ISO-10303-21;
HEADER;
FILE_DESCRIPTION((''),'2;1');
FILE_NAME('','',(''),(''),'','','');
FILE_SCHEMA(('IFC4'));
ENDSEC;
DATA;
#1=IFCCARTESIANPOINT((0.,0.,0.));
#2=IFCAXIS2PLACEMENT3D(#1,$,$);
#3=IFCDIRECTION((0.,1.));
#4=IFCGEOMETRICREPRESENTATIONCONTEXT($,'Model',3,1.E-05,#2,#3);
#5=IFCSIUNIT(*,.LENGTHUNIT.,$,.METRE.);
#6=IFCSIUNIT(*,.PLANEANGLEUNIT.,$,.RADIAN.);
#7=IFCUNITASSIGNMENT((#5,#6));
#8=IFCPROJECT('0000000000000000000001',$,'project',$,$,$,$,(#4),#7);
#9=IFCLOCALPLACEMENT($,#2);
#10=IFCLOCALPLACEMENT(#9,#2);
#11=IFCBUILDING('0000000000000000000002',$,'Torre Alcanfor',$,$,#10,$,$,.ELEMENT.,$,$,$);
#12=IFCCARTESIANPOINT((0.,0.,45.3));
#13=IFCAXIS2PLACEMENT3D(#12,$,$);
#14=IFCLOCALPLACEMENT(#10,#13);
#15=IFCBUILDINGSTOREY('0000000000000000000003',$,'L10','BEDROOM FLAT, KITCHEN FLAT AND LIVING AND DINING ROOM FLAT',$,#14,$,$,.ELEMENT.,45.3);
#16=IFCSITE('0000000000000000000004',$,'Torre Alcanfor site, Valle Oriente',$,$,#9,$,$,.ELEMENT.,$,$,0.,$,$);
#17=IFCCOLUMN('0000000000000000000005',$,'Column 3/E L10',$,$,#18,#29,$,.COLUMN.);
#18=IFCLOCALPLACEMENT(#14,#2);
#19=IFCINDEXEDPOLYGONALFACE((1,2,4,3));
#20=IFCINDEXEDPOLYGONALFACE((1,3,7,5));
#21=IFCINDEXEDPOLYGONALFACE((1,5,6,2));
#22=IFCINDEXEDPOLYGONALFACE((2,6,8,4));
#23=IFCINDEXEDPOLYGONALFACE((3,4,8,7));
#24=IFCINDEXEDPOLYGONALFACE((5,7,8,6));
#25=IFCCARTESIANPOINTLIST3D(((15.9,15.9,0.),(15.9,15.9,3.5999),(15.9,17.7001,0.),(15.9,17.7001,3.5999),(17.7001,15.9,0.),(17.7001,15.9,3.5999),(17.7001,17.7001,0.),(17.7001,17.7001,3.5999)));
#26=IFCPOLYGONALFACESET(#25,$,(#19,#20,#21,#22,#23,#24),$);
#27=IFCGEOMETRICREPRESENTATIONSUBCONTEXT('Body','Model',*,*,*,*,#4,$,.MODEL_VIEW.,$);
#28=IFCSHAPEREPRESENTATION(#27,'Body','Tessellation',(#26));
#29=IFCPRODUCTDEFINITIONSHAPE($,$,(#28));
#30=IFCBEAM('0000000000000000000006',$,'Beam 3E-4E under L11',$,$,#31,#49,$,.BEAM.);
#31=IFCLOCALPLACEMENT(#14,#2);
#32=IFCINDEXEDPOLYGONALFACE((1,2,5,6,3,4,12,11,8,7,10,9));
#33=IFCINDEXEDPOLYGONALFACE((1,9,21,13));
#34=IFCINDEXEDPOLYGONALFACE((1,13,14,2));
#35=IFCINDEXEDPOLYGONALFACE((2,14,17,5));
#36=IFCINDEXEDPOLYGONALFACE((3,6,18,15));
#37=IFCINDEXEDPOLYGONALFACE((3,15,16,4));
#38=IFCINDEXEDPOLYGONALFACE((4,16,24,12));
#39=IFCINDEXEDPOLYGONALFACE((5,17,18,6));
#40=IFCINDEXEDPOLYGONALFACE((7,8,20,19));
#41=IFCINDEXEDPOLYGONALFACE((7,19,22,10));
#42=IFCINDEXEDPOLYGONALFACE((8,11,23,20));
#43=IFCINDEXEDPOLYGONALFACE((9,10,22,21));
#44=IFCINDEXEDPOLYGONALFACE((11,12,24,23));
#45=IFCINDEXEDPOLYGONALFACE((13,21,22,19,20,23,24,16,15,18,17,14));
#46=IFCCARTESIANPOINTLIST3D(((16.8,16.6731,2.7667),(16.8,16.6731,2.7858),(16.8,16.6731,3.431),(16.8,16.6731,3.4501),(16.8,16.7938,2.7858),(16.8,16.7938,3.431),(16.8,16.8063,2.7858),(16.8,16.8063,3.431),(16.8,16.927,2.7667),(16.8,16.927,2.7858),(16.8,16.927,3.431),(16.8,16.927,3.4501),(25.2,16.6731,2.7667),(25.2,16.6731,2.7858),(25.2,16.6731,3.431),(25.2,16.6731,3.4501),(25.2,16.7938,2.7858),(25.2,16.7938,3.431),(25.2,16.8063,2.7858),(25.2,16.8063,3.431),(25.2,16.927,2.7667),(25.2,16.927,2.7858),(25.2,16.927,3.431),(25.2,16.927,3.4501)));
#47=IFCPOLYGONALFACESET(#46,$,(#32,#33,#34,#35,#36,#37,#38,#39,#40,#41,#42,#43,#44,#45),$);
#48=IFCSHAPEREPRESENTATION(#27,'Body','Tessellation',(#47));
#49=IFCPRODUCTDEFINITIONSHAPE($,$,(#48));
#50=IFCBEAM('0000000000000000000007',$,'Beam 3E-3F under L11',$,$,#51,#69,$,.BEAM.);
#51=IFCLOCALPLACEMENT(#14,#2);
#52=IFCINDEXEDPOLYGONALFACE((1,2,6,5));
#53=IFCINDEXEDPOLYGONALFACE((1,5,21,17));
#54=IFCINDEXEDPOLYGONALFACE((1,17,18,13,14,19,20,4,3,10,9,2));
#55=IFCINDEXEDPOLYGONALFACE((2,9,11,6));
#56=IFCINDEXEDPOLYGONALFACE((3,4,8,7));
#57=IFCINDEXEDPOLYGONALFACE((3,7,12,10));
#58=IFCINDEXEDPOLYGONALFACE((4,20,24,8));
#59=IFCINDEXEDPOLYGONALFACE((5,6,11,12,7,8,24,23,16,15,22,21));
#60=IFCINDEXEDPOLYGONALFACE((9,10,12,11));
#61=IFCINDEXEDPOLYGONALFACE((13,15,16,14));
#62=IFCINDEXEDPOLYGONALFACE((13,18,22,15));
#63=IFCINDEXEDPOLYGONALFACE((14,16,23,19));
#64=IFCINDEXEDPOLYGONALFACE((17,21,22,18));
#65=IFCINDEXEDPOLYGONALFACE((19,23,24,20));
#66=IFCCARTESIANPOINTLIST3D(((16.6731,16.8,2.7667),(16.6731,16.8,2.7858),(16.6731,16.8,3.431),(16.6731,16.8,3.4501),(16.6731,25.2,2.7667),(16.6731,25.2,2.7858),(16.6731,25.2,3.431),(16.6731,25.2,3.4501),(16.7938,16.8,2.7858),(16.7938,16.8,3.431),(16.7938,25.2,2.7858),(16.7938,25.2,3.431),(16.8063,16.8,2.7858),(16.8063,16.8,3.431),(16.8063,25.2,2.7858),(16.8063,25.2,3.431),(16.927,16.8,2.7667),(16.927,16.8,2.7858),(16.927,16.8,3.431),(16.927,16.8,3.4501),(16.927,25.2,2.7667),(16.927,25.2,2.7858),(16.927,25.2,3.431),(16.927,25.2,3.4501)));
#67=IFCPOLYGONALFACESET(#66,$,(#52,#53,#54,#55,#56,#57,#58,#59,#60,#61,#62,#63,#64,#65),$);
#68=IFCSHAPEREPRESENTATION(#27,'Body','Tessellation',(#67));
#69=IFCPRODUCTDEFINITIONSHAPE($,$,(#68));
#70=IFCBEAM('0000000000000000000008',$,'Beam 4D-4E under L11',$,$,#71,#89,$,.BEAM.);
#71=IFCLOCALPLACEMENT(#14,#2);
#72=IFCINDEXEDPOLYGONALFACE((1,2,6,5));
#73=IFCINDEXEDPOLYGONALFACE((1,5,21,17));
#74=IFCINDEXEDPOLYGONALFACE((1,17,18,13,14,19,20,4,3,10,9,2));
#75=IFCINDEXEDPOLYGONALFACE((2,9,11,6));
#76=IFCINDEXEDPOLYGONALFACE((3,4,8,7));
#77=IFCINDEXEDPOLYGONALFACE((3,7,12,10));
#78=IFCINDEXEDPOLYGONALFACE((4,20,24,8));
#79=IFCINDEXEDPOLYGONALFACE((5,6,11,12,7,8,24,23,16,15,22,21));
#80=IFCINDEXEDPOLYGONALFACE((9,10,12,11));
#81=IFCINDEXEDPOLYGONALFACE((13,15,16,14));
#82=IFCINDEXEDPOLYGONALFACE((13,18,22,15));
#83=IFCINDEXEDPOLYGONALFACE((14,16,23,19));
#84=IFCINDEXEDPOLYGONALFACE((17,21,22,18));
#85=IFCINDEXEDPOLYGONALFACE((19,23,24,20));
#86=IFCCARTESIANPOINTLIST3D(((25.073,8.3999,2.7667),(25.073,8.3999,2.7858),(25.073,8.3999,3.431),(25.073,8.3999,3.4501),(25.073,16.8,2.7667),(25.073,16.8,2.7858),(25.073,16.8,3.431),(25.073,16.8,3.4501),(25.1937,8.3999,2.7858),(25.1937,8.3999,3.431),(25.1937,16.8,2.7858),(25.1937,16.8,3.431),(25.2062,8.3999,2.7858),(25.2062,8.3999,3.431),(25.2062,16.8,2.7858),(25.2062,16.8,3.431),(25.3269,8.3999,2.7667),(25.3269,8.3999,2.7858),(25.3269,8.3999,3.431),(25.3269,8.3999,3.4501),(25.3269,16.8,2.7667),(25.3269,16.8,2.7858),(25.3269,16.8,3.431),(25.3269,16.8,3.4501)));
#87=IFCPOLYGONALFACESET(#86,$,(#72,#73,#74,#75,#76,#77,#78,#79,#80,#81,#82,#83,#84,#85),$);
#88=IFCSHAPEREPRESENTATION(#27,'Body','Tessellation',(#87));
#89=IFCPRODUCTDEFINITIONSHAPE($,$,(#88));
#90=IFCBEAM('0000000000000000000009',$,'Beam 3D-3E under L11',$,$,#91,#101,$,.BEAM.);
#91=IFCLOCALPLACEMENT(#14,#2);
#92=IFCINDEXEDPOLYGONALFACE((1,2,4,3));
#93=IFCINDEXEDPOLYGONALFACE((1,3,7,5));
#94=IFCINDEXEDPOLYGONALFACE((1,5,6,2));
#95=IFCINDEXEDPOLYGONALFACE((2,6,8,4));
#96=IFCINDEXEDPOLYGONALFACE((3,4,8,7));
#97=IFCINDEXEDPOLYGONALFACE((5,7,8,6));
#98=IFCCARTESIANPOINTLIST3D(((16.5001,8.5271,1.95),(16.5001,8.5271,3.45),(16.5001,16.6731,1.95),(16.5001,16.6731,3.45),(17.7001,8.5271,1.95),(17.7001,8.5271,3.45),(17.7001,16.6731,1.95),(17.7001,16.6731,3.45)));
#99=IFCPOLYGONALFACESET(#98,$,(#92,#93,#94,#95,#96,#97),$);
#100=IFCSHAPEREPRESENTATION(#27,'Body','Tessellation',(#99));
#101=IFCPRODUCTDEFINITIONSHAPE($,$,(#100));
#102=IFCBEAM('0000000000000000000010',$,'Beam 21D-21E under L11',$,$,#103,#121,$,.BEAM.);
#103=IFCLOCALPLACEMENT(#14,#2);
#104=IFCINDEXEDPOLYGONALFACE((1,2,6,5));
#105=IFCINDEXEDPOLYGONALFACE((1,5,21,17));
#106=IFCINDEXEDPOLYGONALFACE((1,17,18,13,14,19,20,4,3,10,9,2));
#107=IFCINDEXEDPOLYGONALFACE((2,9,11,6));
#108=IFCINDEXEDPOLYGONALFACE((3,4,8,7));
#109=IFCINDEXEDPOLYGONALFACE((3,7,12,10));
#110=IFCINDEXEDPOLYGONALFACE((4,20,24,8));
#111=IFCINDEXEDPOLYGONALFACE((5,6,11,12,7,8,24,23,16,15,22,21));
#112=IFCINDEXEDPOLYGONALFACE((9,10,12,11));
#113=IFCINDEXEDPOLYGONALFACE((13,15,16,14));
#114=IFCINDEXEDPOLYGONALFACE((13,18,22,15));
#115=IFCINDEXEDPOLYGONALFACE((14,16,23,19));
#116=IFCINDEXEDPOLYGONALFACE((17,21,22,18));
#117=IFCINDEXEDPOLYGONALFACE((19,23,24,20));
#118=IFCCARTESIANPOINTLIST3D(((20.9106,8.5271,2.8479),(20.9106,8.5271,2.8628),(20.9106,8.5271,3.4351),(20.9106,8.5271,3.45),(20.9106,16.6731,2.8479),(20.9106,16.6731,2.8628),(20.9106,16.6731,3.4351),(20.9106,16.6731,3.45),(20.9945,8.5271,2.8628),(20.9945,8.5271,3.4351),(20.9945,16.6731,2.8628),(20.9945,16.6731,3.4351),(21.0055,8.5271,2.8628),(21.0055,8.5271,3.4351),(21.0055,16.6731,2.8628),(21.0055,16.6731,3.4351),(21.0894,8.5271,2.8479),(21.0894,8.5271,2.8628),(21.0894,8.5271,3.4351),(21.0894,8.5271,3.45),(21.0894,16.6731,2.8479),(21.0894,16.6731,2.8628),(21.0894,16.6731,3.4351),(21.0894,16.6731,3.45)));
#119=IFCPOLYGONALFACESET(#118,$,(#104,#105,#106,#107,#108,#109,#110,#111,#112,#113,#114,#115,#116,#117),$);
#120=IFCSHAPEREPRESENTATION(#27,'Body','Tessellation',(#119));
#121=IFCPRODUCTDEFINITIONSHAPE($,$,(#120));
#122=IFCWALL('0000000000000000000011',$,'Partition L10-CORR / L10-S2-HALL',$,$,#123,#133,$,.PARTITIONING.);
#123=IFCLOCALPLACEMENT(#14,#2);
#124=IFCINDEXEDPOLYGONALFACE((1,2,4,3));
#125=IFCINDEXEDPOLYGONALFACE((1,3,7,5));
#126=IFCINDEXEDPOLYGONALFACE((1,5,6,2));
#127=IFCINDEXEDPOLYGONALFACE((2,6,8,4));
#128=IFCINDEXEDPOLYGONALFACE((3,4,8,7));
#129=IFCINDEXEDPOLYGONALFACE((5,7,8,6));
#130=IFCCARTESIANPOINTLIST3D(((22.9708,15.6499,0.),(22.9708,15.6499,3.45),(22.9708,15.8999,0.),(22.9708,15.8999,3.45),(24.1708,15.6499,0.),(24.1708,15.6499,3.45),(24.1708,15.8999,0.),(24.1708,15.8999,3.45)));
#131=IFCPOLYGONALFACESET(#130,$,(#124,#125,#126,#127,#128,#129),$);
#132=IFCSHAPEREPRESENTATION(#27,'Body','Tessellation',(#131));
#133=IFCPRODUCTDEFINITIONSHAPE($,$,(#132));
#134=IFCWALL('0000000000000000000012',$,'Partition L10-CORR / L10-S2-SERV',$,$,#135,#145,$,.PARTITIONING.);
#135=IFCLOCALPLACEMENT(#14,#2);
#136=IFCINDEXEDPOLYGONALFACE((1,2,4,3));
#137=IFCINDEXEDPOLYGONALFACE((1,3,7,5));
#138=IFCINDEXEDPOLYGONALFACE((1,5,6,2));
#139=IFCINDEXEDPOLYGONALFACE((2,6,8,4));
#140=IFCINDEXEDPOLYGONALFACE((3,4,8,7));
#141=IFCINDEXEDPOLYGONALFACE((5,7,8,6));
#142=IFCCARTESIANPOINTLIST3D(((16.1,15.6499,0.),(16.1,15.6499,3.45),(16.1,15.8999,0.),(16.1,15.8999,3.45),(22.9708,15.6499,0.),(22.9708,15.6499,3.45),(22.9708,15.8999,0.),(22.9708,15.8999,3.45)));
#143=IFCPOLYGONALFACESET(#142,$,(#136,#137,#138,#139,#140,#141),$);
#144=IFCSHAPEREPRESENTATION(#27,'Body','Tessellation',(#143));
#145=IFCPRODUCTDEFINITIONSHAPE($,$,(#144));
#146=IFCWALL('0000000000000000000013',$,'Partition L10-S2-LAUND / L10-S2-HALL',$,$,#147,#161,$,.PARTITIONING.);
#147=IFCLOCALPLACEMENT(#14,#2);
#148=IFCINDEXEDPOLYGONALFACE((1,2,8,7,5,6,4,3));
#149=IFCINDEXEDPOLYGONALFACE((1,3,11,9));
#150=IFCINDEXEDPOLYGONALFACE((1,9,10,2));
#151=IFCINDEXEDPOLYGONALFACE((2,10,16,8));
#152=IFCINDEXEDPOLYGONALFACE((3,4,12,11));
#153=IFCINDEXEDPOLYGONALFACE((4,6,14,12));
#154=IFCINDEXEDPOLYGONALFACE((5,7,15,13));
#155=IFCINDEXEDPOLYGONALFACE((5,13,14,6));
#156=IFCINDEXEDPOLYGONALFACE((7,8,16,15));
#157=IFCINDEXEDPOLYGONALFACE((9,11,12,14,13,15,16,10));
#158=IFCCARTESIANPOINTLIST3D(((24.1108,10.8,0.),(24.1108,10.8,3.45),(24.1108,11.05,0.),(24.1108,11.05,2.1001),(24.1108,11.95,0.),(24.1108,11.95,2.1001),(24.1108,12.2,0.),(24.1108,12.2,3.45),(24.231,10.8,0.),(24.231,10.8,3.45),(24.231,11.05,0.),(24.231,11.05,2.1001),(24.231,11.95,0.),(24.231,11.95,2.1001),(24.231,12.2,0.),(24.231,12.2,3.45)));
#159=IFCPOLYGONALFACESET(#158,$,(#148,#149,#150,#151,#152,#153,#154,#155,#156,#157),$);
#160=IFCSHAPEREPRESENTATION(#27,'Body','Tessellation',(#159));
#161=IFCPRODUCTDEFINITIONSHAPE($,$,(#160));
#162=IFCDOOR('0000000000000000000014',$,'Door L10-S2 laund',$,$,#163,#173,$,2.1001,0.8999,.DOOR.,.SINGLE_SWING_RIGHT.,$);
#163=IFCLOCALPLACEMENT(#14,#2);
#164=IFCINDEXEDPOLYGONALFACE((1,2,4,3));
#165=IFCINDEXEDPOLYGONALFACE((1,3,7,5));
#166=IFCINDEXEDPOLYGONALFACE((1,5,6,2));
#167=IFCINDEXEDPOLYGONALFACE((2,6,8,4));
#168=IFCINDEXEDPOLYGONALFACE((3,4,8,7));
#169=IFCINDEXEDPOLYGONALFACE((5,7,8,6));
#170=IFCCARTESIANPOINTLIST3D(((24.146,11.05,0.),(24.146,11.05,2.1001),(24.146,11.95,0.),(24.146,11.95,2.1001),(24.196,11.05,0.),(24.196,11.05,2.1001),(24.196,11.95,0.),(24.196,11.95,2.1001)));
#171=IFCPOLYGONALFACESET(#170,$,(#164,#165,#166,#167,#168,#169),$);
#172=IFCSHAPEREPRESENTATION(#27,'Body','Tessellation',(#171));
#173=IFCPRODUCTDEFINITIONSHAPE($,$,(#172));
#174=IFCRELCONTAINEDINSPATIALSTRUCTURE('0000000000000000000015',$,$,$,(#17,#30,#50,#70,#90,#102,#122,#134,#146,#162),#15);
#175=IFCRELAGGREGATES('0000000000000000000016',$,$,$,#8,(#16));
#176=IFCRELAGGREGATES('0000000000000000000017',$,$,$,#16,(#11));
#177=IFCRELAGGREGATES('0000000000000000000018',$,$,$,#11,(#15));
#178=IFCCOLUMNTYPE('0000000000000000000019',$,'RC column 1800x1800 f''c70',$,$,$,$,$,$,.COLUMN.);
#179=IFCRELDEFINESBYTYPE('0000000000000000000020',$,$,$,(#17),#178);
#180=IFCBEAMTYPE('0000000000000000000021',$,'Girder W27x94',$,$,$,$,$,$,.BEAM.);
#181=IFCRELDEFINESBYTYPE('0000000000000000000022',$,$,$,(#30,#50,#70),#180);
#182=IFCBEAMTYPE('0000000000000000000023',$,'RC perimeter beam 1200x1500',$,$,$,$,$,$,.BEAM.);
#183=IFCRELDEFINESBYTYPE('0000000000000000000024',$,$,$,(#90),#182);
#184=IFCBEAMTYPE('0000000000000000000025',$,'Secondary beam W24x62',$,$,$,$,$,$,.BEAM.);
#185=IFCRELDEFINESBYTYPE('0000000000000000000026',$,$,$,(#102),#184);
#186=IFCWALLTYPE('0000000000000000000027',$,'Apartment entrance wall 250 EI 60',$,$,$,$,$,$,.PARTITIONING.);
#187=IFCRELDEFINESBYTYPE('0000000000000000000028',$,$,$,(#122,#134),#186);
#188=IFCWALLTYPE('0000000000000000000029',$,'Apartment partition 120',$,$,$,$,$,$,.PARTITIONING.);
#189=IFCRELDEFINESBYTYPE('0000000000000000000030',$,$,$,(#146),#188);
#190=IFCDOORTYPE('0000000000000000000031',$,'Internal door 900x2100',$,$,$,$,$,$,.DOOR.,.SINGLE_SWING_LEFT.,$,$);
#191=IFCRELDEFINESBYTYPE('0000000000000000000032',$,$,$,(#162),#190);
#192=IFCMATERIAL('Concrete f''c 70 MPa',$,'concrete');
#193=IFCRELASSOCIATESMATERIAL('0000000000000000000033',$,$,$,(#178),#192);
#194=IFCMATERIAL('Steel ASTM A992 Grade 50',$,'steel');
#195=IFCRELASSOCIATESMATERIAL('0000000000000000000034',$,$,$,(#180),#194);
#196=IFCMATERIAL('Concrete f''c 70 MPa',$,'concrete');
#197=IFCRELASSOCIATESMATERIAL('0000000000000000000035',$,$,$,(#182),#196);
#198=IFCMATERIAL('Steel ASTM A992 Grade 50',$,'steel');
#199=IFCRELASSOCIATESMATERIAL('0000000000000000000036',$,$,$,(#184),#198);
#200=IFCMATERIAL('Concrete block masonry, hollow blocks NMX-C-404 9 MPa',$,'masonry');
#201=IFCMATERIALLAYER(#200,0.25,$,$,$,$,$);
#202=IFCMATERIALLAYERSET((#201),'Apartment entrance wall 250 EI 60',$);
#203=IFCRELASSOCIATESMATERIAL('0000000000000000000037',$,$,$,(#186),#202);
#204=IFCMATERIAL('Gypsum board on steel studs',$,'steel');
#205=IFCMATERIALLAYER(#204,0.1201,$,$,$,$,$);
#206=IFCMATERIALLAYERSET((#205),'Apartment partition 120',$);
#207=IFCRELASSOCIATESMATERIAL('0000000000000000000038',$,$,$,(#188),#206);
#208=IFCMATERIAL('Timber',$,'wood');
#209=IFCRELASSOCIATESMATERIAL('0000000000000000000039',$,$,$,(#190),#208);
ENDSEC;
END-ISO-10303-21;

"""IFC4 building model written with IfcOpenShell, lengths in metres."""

from ifc_helpers import new_model, si_unit, direction, frame, frame_2d, origin, origin_2d, place, context, subcontext, project, spatial, rectangle, i_section, extrude, material, layer, layer_set, material_profile, profile_set, type_object, element, fill, save


model = new_model("IFC4")

# Units and contexts
model_context = context("Model", 3, precision=1e-05, world=origin(), true_north=direction((0.0, 1.0)))
body_context = subcontext(model_context, "Body", "Model", "MODEL_VIEW")
ifc_project = project(units=[si_unit("LENGTHUNIT", "METRE"), si_unit("PLANEANGLEUNIT", "RADIAN")], contexts=[model_context])

# Site, building, storey
site_placement = place(None, origin())
site = spatial("IfcSite", under=ifc_project, at=site_placement, Name="Torre Alcanfor site, Valle Oriente", CompositionType="ELEMENT", RefElevation=0.0)
building_placement = place(site_placement, origin())
building = spatial("IfcBuilding", under=site, at=building_placement, Name="Torre Alcanfor", CompositionType="ELEMENT")
storey_placement = place(building_placement, frame((0.0, 0.0, 45.3)))
storey = spatial("IfcBuildingStorey", under=building, at=storey_placement, Name="L10", Description="BEDROOM FLAT, KITCHEN FLAT AND LIVING AND DINING ROOM FLAT", CompositionType="ELEMENT", Elevation=45.3)

# Column
ifc_material_1 = material(Name="Concrete f'c 70 MPa", Category="concrete")
ifc_material_profile_1 = material_profile(ifc_material_1, rectangle(XDim=1.8, YDim=1.8, at=origin_2d()), Name="1800x1800")
ifc_profile_set_1 = profile_set([ifc_material_profile_1], Name="Concrete f'c 70 MPa")
column_type = type_object("IfcColumnType", Name="RC column 1800x1800 f'c70", PredefinedType="COLUMN", material=ifc_profile_set_1)
column_placement = place(storey_placement, frame((16.8, 16.8, 0.0), z_axis=(0.0, 0.0, 1.0), x_axis=(1.0, 0.0, 0.0)))
element("IfcColumn", 1, at=column_placement, inside=storey, type_object=column_type, Name="Column 3/E L10", PredefinedType="COLUMN", context=body_context, shape_type="SweptSolid", body=[
    extrude(rectangle(XDim=1.8, YDim=1.8, at=origin_2d()), origin(), (0.0, 0.0, 1.0), 3.5999),
])

# Beams
ifc_material_2 = material(Name="Steel ASTM A992 Grade 50", Category="steel")
ifc_material_profile_2 = material_profile(ifc_material_2, i_section(OverallWidth=0.2539, OverallDepth=0.6833, WebThickness=0.0125, FlangeThickness=0.019, at=origin_2d()), Name="W27x94")
ifc_profile_set_2 = profile_set([ifc_material_profile_2], Name="Steel ASTM A992 Grade 50")
beam_type_1 = type_object("IfcBeamType", Name="Girder W27x94", PredefinedType="BEAM", material=ifc_profile_set_2)
for number, where, z_axis, x_axis, name in (
    (2, (16.8, 16.8, 3.1084), (1.0, 0.0, 0.0), (0.0, 1.0, 0.0), "Beam 3E-4E under L11"),
    (3, (16.8, 16.8, 3.1084), (0.0, 1.0, 0.0), (-1.0, 0.0, 0.0), "Beam 3E-3F under L11"),
):
    element("IfcBeam", number, at=place(storey_placement, frame(where, z_axis=z_axis, x_axis=x_axis)), inside=storey, type_object=beam_type_1, Name=name, PredefinedType="BEAM", context=body_context, shape_type="SweptSolid", body=[
        extrude(i_section(OverallWidth=0.2539, OverallDepth=0.6833, WebThickness=0.0125, FlangeThickness=0.019, at=origin_2d()), origin(), (0.0, 0.0, 1.0), 8.3999),
    ])
beam_1_placement = place(storey_placement, frame((25.2, 8.3999, 3.1084), z_axis=(0.0, 1.0, 0.0), x_axis=(-1.0, 0.0, 0.0)))
element("IfcBeam", 4, at=beam_1_placement, inside=storey, type_object=beam_type_1, Name="Beam 4D-4E under L11", PredefinedType="BEAM", context=body_context, shape_type="SweptSolid", body=[
    extrude(i_section(OverallWidth=0.2539, OverallDepth=0.6833, WebThickness=0.0125, FlangeThickness=0.019, at=origin_2d()), origin(), (0.0, 0.0, 1.0), 8.4001),
])
ifc_material_3 = material(Name="Concrete f'c 70 MPa", Category="concrete")
ifc_material_profile_3 = material_profile(ifc_material_3, rectangle(XDim=1.2, YDim=1.5, at=origin_2d()), Name="1200x1500")
ifc_profile_set_3 = profile_set([ifc_material_profile_3], Name="Concrete f'c 70 MPa")
beam_type_2 = type_object("IfcBeamType", Name="RC perimeter beam 1200x1500", PredefinedType="BEAM", material=ifc_profile_set_3)
beam_2_placement = place(storey_placement, frame((17.1001, 8.5271, 2.7), z_axis=(0.0, 1.0, 0.0), x_axis=(-1.0, 0.0, 0.0)))
element("IfcBeam", 5, at=beam_2_placement, inside=storey, type_object=beam_type_2, Name="Beam 3D-3E under L11", PredefinedType="BEAM", context=body_context, shape_type="SweptSolid", body=[
    extrude(rectangle(XDim=1.2, YDim=1.5, at=origin_2d()), origin(), (0.0, 0.0, 1.0), 8.146),
])
ifc_material_4 = material(Name="Steel ASTM A992 Grade 50", Category="steel")
ifc_material_profile_4 = material_profile(ifc_material_4, i_section(OverallWidth=0.1787, OverallDepth=0.6021, WebThickness=0.011, FlangeThickness=0.0149, at=origin_2d()), Name="W24x62")
ifc_profile_set_4 = profile_set([ifc_material_profile_4], Name="Steel ASTM A992 Grade 50")
beam_type_3 = type_object("IfcBeamType", Name="Secondary beam W24x62", PredefinedType="BEAM", material=ifc_profile_set_4)
beam_3_placement = place(storey_placement, frame((21.0, 8.5271, 3.1489), z_axis=(0.0, 1.0, 0.0), x_axis=(-1.0, 0.0, 0.0)))
element("IfcBeam", 6, at=beam_3_placement, inside=storey, type_object=beam_type_3, Name="Beam 21D-21E under L11", PredefinedType="BEAM", context=body_context, shape_type="SweptSolid", body=[
    extrude(i_section(OverallWidth=0.1787, OverallDepth=0.6021, WebThickness=0.011, FlangeThickness=0.0149, at=origin_2d()), origin(), (0.0, 0.0, 1.0), 8.146),
])

# Walls
ifc_material_5 = material(Name="Concrete block masonry, hollow blocks NMX-C-404 9 MPa", Category="masonry")
ifc_layer_1 = layer(ifc_material_5, 0.25)
ifc_layer_set_1 = layer_set([ifc_layer_1], Name="Apartment entrance wall 250 EI 60")
wall_type_1 = type_object("IfcWallType", Name="Apartment entrance wall 250 EI 60", PredefinedType="PARTITIONING", material=ifc_layer_set_1)
wall_1_placement = place(storey_placement, frame((24.1709, 15.7749, 0.0), z_axis=(0.0, 0.0, 1.0), x_axis=(-1.0, 0.0, 0.0)))
element("IfcWall", 7, at=wall_1_placement, inside=storey, type_object=wall_type_1, Name="Partition L10-CORR / L10-S2-HALL", PredefinedType="PARTITIONING", context=body_context, shape_type="SweptSolid", body=[
    extrude(rectangle(XDim=1.2, YDim=0.25, at=frame_2d((0.6001, 0.0))), origin(), (0.0, 0.0, 1.0), 3.45),
])
wall_2_placement = place(storey_placement, frame((22.9709, 15.7749, 0.0), z_axis=(0.0, 0.0, 1.0), x_axis=(-1.0, 0.0, 0.0)))
element("IfcWall", 8, at=wall_2_placement, inside=storey, type_object=wall_type_1, Name="Partition L10-CORR / L10-S2-SERV", PredefinedType="PARTITIONING", context=body_context, shape_type="SweptSolid", body=[
    extrude(rectangle(XDim=6.8708, YDim=0.25, at=frame_2d((3.4355, 0.0))), origin(), (0.0, 0.0, 1.0), 3.45),
])

# Wall, opening, door
ifc_material_6 = material(Name="Gypsum board on steel studs", Category="steel")
ifc_layer_2 = layer(ifc_material_6, 0.1201)
ifc_layer_set_2 = layer_set([ifc_layer_2], Name="Apartment partition 120")
wall_type_2 = type_object("IfcWallType", Name="Apartment partition 120", PredefinedType="PARTITIONING", material=ifc_layer_set_2)
wall_3_placement = place(storey_placement, frame((24.1709, 10.8, 0.0), z_axis=(0.0, 0.0, 1.0), x_axis=(0.0, 1.0, 0.0)))
wall_3 = element("IfcWall", 9, at=wall_3_placement, inside=storey, type_object=wall_type_2, Name="Partition L10-S2-LAUND / L10-S2-HALL", PredefinedType="PARTITIONING", context=body_context, shape_type="SweptSolid", body=[
    extrude(rectangle(XDim=1.3999, YDim=0.1201, at=frame_2d((0.7, 0.0))), origin(), (0.0, 0.0, 1.0), 3.45),
])
opening_1_placement = place(wall_3_placement, frame((0.25, 0.0, 0.0)))
opening_1 = element("IfcOpeningElement", 10, at=opening_1_placement, cuts=wall_3, PredefinedType="OPENING", context=body_context, shape_type="SweptSolid", body=[
    extrude(rectangle(XDim=0.8999, YDim=2.1001, at=frame_2d((0.45, 1.05))), frame((0.0, 0.0701, 0.0), z_axis=(0.0, -1.0, 0.0), x_axis=(1.0, 0.0, 0.0)), (0.0, 0.0, 1.0), 0.1401),
])
ifc_material_7 = material(Name="Timber", Category="wood")
door_type_1 = type_object("IfcDoorType", Name="Internal door 900x2100", OperationType="SINGLE_SWING_LEFT", PredefinedType="DOOR", material=ifc_material_7)
door_1_placement = place(opening_1_placement, frame((0.8999, 0.0, 0.0), z_axis=(0.0, 0.0, 1.0), x_axis=(-1.0, 0.0, 0.0)))
door_1 = element("IfcDoor", 11, at=door_1_placement, inside=storey, type_object=door_type_1, Name="Door L10-S2 laund", OperationType="SINGLE_SWING_RIGHT", OverallHeight=2.1001, OverallWidth=0.8999, PredefinedType="DOOR", context=body_context, shape_type="SweptSolid", body=[
    extrude(rectangle(XDim=0.8999, YDim=2.1001, at=frame_2d((0.45, 1.05))), frame((0.0, 0.0251, 0.0), z_axis=(0.0, -1.0, 0.0), x_axis=(1.0, 0.0, 0.0)), (0.0, 0.0, 1.0), 0.05),
])
fill(opening_1, door_1)

save(model, "model.ifc")
